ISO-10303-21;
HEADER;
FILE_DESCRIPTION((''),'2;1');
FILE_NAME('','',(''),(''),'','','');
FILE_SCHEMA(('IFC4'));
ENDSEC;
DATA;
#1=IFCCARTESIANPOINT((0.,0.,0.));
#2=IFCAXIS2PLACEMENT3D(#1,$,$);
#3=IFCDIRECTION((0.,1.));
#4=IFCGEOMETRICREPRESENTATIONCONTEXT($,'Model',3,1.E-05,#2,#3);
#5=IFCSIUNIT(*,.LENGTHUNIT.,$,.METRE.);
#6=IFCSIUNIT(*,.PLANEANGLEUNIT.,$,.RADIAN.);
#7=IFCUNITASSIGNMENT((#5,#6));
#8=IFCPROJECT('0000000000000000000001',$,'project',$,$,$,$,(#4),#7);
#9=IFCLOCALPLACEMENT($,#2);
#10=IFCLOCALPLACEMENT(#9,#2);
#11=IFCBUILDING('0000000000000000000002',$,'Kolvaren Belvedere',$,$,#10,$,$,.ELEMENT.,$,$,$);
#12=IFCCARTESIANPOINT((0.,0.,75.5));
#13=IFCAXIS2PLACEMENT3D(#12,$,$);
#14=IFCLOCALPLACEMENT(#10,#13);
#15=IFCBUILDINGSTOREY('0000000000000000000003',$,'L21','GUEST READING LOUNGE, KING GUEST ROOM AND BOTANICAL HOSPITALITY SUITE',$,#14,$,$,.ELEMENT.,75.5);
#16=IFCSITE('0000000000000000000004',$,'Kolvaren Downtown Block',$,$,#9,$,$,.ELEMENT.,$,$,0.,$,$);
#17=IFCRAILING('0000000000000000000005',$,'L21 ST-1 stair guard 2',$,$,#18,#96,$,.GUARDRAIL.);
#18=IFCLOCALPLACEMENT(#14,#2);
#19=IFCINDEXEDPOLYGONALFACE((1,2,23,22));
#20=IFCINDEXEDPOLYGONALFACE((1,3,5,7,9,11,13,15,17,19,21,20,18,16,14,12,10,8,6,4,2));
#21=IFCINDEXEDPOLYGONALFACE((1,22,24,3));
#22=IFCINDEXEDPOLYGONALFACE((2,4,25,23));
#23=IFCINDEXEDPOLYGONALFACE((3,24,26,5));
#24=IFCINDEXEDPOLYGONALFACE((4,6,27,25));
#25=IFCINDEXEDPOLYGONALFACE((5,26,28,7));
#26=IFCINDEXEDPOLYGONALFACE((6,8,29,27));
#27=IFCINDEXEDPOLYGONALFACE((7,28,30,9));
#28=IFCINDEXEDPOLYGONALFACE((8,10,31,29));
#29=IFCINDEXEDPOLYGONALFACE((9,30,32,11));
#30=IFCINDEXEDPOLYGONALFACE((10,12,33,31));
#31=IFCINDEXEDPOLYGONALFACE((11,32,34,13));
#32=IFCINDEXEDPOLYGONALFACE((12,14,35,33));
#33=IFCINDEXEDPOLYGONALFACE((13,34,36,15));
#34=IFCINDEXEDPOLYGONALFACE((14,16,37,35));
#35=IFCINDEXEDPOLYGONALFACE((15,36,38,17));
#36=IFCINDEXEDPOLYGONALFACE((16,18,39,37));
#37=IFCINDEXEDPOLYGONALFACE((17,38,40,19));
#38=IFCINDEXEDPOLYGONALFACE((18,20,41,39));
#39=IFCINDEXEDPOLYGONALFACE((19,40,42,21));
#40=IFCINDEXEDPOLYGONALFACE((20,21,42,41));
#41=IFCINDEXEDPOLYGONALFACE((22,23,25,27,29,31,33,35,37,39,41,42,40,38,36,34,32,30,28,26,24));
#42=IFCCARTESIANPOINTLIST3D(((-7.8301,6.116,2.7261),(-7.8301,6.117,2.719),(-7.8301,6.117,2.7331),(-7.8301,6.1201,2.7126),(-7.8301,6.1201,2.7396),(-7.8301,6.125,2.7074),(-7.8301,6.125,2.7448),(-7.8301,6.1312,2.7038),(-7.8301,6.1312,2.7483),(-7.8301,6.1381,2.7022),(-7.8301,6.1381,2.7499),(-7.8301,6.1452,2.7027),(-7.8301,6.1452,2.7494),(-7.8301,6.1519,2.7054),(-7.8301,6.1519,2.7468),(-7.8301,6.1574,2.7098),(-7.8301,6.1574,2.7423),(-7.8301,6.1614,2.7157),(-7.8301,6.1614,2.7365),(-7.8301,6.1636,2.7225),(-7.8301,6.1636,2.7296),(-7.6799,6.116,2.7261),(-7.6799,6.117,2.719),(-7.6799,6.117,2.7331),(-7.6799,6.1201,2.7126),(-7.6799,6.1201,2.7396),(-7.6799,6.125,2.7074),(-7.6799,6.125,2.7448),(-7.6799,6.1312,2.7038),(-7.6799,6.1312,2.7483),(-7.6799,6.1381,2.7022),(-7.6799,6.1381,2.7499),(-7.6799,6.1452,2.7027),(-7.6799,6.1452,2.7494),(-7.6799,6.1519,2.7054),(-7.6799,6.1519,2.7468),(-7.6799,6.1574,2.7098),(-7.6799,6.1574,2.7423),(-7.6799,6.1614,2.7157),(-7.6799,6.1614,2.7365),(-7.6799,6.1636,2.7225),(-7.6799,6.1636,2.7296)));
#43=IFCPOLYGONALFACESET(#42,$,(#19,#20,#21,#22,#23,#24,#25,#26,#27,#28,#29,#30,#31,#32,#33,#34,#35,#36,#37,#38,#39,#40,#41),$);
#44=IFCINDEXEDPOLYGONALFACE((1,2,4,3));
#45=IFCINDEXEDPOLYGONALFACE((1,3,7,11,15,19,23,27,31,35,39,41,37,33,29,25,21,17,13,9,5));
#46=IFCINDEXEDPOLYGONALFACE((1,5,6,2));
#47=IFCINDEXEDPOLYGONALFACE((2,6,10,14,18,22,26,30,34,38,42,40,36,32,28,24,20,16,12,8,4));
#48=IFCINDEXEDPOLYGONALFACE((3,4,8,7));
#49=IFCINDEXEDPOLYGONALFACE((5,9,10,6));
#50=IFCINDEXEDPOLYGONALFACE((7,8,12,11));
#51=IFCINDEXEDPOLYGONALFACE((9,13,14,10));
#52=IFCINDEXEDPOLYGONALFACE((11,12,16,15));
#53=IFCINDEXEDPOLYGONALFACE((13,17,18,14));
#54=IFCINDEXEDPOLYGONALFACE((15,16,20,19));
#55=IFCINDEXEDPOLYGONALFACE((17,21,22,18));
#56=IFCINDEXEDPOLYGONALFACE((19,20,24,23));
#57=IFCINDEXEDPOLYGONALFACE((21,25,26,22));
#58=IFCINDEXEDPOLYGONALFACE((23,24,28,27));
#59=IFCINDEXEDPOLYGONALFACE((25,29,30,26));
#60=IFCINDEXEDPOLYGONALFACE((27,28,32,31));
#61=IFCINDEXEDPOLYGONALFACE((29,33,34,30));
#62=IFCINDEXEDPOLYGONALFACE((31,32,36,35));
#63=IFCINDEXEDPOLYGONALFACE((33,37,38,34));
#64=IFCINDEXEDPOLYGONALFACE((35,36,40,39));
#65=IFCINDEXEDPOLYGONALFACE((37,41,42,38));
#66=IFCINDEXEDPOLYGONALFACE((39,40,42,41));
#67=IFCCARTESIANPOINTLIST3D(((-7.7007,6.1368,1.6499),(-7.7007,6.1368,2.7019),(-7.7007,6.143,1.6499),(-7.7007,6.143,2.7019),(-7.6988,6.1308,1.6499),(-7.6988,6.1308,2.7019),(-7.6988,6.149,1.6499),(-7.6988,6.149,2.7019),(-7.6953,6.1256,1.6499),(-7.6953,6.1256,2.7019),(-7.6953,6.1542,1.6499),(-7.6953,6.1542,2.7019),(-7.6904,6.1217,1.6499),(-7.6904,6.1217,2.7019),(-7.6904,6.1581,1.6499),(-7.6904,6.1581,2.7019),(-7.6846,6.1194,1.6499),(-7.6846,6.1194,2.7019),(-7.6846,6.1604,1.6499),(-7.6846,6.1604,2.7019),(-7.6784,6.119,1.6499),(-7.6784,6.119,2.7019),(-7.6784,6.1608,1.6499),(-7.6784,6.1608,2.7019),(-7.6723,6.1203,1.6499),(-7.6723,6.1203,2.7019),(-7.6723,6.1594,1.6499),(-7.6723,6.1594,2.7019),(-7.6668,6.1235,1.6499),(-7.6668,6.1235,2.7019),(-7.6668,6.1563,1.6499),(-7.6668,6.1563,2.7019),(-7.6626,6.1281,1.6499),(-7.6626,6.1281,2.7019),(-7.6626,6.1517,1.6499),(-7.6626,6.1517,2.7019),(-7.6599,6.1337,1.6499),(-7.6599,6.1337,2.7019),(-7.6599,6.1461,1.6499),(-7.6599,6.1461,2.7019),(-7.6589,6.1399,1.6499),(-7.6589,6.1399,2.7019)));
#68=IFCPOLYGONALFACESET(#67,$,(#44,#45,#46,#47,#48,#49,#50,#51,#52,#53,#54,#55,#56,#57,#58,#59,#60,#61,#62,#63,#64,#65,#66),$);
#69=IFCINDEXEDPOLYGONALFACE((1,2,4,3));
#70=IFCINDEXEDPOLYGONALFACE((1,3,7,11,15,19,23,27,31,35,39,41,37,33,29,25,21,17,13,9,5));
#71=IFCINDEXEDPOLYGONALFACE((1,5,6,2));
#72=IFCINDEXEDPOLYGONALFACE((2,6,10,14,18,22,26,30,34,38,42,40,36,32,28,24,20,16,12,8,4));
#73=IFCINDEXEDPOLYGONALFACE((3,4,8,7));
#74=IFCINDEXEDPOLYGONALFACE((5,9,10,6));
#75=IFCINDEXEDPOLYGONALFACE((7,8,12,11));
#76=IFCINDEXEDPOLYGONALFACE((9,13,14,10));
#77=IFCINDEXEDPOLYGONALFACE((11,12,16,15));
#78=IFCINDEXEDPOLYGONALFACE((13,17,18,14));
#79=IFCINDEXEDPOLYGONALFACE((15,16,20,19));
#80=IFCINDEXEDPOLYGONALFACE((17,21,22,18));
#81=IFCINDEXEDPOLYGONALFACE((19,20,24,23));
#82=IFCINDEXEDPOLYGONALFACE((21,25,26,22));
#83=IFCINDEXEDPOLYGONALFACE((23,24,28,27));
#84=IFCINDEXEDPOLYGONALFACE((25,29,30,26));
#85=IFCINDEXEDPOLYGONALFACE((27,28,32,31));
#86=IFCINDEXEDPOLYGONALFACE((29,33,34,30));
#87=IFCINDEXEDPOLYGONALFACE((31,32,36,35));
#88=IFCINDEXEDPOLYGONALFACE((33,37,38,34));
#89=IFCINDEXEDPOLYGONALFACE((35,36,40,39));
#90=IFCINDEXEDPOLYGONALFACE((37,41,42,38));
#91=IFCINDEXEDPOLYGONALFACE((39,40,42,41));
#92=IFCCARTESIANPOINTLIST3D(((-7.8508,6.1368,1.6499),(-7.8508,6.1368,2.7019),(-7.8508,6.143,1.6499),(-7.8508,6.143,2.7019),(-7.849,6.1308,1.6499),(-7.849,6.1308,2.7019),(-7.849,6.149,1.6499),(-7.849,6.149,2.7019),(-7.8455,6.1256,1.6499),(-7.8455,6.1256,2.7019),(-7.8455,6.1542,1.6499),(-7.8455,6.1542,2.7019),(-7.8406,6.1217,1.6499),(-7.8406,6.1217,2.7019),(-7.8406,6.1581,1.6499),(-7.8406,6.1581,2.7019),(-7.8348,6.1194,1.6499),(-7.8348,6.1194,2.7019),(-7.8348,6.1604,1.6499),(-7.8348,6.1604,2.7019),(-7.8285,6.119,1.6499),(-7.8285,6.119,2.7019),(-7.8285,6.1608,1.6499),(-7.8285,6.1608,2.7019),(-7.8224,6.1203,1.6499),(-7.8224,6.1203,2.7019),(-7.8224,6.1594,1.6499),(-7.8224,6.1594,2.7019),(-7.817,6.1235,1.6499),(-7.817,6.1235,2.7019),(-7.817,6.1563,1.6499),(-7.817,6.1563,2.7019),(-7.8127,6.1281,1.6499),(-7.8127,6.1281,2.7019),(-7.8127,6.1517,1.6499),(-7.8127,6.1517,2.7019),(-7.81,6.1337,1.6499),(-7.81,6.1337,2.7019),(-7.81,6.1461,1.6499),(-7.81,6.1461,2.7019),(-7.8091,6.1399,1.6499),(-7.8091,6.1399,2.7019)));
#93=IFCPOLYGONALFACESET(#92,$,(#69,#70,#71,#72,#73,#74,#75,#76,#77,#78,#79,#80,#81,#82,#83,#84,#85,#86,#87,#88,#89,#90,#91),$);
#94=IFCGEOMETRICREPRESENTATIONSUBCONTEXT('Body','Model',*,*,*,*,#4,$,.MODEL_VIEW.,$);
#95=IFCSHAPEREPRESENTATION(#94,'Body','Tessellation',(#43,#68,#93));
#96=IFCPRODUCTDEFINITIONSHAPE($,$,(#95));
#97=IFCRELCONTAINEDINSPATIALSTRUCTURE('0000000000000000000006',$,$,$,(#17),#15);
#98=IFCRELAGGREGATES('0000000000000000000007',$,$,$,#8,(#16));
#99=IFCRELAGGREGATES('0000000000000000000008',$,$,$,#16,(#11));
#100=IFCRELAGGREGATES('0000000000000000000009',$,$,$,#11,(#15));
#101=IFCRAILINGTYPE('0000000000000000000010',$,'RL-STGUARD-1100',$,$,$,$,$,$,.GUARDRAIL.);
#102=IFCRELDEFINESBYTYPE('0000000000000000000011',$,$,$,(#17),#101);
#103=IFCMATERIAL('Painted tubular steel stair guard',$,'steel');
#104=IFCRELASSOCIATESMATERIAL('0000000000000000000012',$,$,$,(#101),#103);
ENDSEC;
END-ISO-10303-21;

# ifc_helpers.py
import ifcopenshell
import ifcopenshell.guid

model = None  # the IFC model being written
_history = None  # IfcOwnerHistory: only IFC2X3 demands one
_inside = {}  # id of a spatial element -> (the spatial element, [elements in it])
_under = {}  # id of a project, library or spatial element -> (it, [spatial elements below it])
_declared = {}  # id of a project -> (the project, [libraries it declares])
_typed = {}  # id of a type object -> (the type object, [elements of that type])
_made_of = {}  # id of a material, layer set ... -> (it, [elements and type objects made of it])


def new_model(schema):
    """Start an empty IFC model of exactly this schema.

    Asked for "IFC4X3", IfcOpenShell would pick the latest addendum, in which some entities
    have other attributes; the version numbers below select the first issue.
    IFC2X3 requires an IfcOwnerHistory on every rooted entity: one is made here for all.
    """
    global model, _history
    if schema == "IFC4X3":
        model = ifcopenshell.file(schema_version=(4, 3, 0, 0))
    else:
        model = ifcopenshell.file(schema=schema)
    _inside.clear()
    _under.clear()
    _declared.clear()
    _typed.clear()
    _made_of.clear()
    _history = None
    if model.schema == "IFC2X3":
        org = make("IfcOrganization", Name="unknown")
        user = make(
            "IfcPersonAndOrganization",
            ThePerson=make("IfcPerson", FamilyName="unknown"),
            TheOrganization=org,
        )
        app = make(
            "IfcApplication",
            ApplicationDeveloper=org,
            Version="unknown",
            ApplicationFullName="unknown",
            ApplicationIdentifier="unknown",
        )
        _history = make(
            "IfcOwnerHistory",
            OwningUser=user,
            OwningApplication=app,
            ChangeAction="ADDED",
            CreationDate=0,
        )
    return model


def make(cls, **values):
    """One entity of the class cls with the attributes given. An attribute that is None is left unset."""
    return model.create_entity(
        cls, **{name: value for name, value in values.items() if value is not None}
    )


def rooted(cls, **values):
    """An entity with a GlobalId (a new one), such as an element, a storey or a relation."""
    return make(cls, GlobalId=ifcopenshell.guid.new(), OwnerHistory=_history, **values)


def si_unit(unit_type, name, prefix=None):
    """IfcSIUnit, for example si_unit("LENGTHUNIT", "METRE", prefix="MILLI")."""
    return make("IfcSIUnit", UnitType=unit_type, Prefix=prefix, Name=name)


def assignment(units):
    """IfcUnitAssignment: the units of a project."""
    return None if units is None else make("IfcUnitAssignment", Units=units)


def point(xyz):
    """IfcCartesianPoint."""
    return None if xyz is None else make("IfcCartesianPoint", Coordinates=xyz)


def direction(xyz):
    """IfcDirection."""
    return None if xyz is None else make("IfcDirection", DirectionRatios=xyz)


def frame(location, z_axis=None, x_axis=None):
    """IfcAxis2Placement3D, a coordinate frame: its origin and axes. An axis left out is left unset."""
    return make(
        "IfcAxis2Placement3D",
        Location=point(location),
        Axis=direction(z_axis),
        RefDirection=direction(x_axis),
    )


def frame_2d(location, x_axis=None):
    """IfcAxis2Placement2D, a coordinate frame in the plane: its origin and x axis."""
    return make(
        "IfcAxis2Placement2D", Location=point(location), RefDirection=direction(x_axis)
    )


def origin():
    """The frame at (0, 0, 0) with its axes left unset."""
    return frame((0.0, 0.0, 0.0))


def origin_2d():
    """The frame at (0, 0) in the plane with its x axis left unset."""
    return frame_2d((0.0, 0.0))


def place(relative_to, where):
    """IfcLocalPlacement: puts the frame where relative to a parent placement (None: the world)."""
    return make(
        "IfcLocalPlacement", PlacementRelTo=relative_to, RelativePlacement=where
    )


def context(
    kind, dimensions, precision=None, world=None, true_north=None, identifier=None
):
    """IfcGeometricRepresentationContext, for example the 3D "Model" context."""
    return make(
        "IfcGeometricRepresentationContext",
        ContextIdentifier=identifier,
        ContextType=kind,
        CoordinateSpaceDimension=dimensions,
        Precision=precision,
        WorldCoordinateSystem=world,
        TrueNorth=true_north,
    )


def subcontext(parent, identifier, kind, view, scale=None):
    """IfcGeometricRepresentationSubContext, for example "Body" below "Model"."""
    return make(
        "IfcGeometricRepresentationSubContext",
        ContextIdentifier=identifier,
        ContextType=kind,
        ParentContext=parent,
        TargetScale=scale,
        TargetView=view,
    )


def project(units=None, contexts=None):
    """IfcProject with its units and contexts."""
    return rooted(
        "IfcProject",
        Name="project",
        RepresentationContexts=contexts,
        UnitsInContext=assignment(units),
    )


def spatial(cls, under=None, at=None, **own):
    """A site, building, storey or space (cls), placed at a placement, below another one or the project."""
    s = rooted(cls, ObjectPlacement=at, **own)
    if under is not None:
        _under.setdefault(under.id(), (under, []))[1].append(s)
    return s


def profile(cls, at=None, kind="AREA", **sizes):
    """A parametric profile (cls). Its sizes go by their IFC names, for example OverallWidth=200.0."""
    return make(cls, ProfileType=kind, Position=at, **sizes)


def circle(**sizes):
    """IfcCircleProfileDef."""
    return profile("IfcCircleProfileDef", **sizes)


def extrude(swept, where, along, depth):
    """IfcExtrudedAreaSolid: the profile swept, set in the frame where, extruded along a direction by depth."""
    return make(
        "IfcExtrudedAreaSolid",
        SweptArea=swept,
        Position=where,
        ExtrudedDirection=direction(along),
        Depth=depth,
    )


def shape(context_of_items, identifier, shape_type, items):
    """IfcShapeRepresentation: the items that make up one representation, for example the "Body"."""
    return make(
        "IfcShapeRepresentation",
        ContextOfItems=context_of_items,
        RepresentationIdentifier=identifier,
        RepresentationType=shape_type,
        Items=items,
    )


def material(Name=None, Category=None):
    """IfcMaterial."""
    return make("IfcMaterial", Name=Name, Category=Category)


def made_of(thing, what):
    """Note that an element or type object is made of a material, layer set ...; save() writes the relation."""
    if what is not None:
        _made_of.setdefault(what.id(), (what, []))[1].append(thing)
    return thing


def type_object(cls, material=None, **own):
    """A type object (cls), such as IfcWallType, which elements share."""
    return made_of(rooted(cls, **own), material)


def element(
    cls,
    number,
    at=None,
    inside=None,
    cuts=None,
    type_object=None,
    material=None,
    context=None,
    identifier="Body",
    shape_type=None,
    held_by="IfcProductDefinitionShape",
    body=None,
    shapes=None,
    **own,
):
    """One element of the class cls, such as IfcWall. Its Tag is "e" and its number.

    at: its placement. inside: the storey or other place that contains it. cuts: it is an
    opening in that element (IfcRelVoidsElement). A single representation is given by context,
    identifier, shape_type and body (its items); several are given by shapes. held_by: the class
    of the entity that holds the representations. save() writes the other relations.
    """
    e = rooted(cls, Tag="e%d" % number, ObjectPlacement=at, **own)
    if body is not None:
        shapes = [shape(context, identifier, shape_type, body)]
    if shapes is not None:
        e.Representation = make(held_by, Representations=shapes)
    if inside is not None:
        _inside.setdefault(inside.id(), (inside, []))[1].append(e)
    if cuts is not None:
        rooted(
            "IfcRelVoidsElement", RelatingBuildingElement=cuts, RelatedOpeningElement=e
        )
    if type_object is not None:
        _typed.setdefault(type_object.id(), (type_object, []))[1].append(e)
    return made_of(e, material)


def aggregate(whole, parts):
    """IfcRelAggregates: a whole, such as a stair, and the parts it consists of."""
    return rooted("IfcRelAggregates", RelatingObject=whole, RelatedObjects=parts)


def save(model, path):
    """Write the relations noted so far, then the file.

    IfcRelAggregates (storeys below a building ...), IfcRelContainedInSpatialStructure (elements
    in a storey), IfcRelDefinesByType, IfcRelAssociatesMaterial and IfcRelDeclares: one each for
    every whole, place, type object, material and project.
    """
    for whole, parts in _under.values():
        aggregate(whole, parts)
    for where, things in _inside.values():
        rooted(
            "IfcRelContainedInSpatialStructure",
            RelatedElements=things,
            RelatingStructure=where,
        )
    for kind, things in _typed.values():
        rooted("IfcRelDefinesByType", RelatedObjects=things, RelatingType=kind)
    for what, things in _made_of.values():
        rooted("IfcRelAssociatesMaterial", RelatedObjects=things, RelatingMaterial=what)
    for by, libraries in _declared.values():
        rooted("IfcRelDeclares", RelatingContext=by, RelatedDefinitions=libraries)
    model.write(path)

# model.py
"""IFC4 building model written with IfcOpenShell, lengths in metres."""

from ifc_helpers import new_model, si_unit, direction, frame, origin, origin_2d, place, context, subcontext, project, spatial, circle, extrude, material, type_object, element, save


model = new_model("IFC4")

# Units and contexts
model_context = context("Model", 3, precision=1e-05, world=origin(), true_north=direction((0.0, 1.0)))
body_context = subcontext(model_context, "Body", "Model", "MODEL_VIEW")
ifc_project = project(units=[si_unit("LENGTHUNIT", "METRE"), si_unit("PLANEANGLEUNIT", "RADIAN")], contexts=[model_context])

# Site, building, storey
site_placement = place(None, origin())
site = spatial("IfcSite", under=ifc_project, at=site_placement, Name="Kolvaren Downtown Block", CompositionType="ELEMENT", RefElevation=0.0)
building_placement = place(site_placement, origin())
building = spatial("IfcBuilding", under=site, at=building_placement, Name="Kolvaren Belvedere", CompositionType="ELEMENT")
storey_placement = place(building_placement, frame((0.0, 0.0, 75.5)))
storey = spatial("IfcBuildingStorey", under=building, at=storey_placement, Name="L21", Description="GUEST READING LOUNGE, KING GUEST ROOM AND BOTANICAL HOSPITALITY SUITE", CompositionType="ELEMENT", Elevation=75.5)

# Railing
ifc_material_1 = material(Name="Painted tubular steel stair guard", Category="steel")
railing_type_1 = type_object("IfcRailingType", Name="RL-STGUARD-1100", PredefinedType="GUARDRAIL", material=ifc_material_1)
railing_1_placement = place(storey_placement, frame((-7.6799, 6.1399, 1.6499)))
element("IfcRailing", 1, at=railing_1_placement, inside=storey, type_object=railing_type_1, Name="L21 ST-1 stair guard 2", PredefinedType="GUARDRAIL", context=body_context, shape_type="SweptSolid", body=[
    extrude(circle(Radius=0.0239, at=origin_2d()), frame((0.0, 0.0, 1.0762), z_axis=(-1.0, 0.0, 0.0), x_axis=(0.0, -1.0, 0.0)), (0.0, 0.0, 1.0), 0.1501),
    extrude(circle(Radius=0.021, at=origin_2d()), origin(), (0.0, 0.0, 1.0), 1.052),
    extrude(circle(Radius=0.021, at=origin_2d()), frame((-0.1501, 0.0, 0.0)), (0.0, 0.0, 1.0), 1.052),
])

save(model, "model.ifc")
